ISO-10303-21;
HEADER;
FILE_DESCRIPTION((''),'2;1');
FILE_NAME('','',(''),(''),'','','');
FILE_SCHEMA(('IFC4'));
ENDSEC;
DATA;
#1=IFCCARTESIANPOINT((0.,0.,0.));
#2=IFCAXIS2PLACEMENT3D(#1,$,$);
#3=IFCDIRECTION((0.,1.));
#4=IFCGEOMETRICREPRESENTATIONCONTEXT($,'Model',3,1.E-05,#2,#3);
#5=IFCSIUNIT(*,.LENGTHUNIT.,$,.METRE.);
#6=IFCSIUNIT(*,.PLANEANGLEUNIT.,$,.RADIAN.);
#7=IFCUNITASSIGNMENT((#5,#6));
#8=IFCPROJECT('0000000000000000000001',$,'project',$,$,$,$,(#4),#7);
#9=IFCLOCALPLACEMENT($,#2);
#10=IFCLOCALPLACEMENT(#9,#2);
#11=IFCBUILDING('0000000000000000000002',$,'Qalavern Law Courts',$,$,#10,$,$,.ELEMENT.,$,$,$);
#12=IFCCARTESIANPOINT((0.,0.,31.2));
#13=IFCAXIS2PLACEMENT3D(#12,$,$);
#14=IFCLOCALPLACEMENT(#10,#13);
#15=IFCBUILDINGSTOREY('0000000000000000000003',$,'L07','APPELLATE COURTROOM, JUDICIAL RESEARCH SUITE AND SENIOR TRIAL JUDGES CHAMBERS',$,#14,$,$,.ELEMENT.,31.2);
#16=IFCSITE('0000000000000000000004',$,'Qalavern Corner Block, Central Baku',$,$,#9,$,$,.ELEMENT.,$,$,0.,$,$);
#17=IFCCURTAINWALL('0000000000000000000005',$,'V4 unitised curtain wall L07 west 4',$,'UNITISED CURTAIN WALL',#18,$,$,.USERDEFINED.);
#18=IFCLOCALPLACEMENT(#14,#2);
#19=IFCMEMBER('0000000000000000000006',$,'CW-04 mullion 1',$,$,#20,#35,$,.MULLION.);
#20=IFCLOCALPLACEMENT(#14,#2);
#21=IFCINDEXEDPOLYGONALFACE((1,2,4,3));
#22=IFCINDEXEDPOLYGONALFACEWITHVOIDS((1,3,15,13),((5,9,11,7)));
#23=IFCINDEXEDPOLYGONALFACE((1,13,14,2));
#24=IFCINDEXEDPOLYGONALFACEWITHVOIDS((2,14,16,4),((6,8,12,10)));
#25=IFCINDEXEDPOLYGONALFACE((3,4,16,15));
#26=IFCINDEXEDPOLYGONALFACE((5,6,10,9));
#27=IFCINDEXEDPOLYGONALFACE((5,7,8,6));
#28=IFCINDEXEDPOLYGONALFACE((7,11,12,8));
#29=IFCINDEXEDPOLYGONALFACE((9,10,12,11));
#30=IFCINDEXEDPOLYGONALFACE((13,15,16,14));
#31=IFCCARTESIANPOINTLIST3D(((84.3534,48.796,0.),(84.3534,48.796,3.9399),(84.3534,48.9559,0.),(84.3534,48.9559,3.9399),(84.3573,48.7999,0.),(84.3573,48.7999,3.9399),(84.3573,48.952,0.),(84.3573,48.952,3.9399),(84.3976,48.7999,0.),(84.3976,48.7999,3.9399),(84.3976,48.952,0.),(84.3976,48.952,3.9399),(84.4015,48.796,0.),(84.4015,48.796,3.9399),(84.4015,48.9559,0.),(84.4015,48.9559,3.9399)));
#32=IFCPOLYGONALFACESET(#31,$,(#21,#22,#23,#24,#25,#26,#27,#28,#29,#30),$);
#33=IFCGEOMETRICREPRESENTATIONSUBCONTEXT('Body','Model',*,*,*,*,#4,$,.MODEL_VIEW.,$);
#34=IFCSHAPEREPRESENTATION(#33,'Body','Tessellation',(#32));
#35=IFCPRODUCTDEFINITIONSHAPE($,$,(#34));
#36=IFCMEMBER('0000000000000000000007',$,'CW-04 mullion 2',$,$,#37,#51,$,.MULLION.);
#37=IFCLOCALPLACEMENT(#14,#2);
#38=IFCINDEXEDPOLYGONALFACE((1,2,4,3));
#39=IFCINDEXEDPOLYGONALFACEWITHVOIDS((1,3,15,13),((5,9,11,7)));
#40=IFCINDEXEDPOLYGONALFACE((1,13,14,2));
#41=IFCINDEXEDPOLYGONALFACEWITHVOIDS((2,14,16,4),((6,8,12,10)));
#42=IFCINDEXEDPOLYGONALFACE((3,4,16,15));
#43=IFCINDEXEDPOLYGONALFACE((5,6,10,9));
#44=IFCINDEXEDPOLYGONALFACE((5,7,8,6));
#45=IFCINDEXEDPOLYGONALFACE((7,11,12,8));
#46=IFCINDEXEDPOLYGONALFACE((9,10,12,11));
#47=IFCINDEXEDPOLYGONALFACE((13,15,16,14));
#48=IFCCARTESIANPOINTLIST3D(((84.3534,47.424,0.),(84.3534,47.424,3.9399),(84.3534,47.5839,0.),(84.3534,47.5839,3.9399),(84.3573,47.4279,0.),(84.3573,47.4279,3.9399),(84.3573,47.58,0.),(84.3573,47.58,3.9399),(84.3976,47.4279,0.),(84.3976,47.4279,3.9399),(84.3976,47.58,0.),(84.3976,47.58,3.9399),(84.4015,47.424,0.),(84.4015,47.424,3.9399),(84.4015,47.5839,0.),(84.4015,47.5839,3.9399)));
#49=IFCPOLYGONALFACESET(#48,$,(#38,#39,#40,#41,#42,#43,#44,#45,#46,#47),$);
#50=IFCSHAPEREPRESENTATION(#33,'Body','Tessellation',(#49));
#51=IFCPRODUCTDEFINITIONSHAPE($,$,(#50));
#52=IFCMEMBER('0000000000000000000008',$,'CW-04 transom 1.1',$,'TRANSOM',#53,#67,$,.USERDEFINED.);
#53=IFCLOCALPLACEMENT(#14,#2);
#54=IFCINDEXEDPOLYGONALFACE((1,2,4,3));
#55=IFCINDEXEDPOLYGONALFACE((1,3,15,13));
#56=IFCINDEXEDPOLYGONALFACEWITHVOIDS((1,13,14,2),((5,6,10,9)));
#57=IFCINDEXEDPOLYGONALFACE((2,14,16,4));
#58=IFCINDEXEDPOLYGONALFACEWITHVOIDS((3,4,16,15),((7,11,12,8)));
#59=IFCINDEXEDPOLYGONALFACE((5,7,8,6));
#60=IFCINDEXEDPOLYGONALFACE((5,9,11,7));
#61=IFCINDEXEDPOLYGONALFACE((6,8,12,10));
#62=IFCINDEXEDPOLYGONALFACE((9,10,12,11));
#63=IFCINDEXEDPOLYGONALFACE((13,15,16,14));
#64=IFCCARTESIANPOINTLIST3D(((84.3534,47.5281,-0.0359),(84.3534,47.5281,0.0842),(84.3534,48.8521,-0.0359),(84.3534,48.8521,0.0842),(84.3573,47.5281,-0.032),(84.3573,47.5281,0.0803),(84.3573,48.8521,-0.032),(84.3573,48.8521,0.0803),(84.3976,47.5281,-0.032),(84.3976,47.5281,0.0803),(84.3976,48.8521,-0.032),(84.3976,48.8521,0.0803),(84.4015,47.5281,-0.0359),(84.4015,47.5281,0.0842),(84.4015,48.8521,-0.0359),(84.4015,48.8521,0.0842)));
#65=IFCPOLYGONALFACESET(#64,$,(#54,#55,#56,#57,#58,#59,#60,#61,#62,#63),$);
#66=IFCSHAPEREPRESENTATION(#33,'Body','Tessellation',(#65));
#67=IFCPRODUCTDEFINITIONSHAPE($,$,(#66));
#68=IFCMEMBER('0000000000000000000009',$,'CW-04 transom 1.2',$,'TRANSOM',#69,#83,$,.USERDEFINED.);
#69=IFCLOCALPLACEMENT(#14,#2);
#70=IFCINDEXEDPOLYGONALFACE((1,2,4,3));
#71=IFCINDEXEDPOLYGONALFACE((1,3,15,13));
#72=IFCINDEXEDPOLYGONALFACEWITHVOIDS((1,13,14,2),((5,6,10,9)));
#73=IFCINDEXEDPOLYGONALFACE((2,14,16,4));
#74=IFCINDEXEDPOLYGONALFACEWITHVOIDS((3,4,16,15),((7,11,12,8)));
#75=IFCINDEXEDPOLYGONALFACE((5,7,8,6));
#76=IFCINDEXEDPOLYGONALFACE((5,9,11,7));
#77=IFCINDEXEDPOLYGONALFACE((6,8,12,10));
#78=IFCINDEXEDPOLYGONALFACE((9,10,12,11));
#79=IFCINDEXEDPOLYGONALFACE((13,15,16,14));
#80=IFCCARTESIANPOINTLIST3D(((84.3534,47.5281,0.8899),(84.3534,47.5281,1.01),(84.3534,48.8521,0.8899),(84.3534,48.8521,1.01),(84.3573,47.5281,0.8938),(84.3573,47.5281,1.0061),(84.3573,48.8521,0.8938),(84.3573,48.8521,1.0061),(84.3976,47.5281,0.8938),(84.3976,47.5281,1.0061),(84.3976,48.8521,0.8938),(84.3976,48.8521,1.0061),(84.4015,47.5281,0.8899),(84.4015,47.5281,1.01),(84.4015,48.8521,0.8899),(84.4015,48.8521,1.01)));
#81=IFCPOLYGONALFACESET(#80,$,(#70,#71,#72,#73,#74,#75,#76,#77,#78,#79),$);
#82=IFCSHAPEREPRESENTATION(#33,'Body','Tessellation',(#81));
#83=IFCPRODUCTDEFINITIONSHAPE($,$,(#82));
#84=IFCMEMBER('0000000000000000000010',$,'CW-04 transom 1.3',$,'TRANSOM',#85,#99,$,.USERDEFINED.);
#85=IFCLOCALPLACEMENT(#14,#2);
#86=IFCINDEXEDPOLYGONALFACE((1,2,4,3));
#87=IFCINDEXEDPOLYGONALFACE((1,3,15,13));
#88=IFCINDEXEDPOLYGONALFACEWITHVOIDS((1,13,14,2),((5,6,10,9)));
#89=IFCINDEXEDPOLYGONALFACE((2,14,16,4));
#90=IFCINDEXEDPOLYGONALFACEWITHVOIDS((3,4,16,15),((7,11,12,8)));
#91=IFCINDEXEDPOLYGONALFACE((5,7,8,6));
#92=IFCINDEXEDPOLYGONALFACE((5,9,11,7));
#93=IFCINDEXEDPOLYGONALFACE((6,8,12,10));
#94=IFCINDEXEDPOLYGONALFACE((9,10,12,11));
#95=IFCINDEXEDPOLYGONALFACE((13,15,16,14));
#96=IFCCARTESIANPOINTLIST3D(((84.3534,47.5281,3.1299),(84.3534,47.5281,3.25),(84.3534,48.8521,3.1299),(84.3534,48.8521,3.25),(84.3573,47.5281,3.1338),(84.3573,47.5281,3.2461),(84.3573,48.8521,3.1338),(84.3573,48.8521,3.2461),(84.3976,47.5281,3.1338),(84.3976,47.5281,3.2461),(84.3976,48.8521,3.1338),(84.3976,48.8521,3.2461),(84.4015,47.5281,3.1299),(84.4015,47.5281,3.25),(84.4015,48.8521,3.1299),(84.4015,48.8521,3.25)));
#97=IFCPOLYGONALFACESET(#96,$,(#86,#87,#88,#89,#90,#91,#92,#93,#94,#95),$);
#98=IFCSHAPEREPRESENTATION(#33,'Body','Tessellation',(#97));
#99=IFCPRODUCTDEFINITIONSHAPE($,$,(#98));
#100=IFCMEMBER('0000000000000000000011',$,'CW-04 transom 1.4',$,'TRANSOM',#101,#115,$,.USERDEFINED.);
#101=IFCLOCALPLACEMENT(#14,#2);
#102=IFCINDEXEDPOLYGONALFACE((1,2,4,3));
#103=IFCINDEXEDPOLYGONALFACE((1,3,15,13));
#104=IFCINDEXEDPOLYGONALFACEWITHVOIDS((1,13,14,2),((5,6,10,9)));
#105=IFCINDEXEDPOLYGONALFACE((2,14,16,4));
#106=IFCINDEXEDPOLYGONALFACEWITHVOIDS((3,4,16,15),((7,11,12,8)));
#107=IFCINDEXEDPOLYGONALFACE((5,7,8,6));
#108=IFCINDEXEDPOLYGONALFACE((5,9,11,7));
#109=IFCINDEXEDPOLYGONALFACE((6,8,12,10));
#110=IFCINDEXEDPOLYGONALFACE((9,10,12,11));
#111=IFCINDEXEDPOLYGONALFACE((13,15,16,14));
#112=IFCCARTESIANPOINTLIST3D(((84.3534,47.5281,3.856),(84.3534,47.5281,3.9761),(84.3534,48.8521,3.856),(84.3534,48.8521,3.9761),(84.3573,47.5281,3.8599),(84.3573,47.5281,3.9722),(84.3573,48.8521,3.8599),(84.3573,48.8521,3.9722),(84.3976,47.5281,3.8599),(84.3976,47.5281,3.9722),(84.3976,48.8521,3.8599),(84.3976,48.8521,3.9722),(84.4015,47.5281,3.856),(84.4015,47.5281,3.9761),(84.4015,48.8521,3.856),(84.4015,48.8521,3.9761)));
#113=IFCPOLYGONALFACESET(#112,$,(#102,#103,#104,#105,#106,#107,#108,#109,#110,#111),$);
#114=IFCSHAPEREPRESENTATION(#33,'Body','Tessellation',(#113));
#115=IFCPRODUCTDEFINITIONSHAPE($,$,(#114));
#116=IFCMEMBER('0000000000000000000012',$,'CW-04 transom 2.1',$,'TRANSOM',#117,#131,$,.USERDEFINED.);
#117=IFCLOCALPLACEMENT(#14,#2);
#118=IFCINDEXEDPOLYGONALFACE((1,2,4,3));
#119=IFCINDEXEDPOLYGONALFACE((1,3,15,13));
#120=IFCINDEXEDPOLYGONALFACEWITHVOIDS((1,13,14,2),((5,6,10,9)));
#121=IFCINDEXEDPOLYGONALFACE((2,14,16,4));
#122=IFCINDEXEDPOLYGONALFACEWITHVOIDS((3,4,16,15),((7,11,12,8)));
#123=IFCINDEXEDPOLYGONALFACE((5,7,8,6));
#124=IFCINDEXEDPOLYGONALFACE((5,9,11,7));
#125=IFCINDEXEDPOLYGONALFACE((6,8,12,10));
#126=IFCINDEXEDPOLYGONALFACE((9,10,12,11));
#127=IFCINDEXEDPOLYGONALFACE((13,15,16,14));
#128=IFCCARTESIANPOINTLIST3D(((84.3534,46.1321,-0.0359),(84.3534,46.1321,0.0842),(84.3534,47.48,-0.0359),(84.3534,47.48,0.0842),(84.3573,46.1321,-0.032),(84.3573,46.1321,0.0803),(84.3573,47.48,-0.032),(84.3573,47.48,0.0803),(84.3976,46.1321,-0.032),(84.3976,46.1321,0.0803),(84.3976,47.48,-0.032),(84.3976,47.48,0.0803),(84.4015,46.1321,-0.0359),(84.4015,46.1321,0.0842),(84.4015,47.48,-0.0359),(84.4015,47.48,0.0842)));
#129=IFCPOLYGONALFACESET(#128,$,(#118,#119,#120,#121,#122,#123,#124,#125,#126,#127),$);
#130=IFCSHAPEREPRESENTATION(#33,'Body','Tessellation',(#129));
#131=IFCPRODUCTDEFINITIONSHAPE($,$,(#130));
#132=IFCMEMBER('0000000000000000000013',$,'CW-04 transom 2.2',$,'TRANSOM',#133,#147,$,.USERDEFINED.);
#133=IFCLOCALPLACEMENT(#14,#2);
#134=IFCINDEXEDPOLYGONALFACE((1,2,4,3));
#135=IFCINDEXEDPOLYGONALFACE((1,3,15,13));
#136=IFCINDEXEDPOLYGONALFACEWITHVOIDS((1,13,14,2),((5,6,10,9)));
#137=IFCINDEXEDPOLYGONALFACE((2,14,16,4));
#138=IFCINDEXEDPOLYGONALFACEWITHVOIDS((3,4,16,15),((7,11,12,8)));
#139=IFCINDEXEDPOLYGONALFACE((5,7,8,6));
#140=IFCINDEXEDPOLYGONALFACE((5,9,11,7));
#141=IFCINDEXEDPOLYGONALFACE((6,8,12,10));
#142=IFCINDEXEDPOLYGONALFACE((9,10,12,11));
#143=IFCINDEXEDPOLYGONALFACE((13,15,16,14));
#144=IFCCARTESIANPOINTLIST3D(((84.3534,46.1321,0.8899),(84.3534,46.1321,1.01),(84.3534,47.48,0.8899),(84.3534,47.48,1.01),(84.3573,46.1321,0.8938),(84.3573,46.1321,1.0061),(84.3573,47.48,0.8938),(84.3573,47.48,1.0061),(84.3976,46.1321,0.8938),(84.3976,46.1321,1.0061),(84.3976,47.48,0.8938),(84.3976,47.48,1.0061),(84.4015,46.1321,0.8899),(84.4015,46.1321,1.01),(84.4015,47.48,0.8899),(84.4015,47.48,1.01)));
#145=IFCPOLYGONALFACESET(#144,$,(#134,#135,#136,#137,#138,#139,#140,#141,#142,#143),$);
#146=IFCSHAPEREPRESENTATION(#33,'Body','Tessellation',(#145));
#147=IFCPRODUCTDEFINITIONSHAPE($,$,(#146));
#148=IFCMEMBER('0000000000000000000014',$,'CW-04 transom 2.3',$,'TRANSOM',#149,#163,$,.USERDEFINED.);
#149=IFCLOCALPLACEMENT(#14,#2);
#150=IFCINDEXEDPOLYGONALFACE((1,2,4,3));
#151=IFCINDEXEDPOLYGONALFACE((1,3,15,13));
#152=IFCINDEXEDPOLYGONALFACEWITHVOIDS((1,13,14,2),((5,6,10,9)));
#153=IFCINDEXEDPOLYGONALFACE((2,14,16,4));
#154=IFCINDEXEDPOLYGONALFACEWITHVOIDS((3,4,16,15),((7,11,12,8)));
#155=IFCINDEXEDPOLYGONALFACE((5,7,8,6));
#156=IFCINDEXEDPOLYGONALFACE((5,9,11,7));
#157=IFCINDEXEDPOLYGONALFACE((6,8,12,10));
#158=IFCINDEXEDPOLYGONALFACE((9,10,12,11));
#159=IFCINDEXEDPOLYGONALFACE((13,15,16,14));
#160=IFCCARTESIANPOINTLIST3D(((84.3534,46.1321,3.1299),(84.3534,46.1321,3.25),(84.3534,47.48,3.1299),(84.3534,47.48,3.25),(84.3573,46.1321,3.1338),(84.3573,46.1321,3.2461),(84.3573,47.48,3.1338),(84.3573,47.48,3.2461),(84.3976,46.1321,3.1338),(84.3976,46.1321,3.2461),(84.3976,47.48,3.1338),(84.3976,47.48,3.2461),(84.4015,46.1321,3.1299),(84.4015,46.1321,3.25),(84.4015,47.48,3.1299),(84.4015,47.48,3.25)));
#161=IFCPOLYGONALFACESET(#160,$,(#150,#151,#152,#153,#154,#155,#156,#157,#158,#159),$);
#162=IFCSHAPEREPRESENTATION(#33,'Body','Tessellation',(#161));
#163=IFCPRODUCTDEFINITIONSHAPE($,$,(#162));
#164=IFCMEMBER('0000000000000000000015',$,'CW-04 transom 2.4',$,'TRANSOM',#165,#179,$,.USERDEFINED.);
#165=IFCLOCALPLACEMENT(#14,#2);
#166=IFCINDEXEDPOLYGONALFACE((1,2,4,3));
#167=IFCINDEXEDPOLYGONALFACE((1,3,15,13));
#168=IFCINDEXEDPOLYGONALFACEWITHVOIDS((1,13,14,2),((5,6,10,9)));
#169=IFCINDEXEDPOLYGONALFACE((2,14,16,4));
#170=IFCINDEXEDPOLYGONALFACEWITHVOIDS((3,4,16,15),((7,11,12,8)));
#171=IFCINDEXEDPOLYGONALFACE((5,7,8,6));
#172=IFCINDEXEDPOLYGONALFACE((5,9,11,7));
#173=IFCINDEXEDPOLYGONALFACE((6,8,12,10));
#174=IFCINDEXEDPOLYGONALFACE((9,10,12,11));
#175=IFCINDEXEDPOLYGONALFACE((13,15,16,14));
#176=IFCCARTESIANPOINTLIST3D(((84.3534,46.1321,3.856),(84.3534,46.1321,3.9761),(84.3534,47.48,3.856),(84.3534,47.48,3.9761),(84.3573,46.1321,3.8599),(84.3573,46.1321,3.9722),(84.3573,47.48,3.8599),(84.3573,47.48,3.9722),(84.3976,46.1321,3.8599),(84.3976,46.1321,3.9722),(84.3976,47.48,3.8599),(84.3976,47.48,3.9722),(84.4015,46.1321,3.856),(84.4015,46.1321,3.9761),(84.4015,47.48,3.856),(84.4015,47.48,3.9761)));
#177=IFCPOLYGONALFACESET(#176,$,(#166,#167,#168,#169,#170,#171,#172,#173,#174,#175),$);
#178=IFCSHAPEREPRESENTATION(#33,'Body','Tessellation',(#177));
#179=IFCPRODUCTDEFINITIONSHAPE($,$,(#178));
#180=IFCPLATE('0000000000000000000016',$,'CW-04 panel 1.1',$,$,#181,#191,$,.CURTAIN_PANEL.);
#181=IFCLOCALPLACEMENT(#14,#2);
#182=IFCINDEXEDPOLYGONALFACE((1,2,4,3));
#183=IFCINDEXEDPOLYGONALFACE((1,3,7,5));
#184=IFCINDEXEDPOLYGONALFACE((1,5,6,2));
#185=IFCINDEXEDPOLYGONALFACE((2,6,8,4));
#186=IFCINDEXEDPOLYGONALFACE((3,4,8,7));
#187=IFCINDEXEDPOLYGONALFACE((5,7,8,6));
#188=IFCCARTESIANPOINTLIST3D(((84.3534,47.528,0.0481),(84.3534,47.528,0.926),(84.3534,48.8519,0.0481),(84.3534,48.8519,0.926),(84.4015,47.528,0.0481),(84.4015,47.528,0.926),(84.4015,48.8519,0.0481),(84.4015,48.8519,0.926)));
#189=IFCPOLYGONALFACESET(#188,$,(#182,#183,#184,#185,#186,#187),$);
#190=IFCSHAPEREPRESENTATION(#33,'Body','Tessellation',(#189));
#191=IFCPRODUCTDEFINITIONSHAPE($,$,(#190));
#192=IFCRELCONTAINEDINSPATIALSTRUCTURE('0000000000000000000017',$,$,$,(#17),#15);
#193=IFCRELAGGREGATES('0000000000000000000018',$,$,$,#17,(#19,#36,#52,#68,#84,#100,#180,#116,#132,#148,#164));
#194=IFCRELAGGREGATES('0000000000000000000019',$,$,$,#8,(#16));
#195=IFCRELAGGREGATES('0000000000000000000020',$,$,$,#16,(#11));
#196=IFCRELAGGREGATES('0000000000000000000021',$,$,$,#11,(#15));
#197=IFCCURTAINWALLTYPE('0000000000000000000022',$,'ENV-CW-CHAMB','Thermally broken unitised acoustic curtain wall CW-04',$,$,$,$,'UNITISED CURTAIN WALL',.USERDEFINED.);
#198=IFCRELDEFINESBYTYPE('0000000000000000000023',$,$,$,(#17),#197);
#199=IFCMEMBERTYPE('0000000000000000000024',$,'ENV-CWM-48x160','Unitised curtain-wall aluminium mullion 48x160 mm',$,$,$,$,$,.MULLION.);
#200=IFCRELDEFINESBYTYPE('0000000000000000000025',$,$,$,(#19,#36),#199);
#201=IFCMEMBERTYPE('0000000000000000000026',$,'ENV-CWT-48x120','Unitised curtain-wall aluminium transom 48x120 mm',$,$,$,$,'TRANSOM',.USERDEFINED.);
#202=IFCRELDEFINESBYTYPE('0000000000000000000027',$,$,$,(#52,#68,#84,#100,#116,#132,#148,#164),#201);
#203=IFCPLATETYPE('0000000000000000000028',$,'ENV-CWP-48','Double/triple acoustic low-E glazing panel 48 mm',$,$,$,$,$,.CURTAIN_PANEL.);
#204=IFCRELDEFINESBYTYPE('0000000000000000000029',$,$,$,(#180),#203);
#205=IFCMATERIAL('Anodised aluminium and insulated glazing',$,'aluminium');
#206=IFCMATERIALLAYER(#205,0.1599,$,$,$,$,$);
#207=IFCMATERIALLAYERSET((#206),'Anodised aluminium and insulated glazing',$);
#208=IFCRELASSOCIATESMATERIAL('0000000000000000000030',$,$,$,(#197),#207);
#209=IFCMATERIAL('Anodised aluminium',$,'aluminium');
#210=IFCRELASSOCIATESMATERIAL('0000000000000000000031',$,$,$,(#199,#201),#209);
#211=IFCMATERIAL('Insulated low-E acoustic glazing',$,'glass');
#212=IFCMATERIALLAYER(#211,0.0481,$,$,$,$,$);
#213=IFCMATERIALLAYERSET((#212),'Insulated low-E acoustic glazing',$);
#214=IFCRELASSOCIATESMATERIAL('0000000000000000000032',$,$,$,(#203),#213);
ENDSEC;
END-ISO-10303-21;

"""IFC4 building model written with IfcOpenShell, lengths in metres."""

from ifc_helpers import new_model, si_unit, direction, frame, origin, origin_2d, place, context, subcontext, project, spatial, rectangle, hollow_rectangle, extrude, material, layer, layer_set, material_profile, profile_set, type_object, element, aggregate, save


model = new_model("IFC4")

# Units and contexts
model_context = context("Model", 3, precision=1e-05, world=origin(), true_north=direction((0.0, 1.0)))
body_context = subcontext(model_context, "Body", "Model", "MODEL_VIEW")
ifc_project = project(units=[si_unit("LENGTHUNIT", "METRE"), si_unit("PLANEANGLEUNIT", "RADIAN")], contexts=[model_context])

# Site, building, storey
site_placement = place(None, origin())
site = spatial("IfcSite", under=ifc_project, at=site_placement, Name="Qalavern Corner Block, Central Baku", CompositionType="ELEMENT", RefElevation=0.0)
building_placement = place(site_placement, origin())
building = spatial("IfcBuilding", under=site, at=building_placement, Name="Qalavern Law Courts", CompositionType="ELEMENT")
storey_placement = place(building_placement, frame((0.0, 0.0, 31.2)))
storey = spatial("IfcBuildingStorey", under=building, at=storey_placement, Name="L07", Description="APPELLATE COURTROOM, JUDICIAL RESEARCH SUITE AND SENIOR TRIAL JUDGES CHAMBERS", CompositionType="ELEMENT", Elevation=31.2)

# Curtain wall, members, plate
ifc_material_1 = material(Name="Anodised aluminium and insulated glazing", Category="aluminium")
ifc_layer_1 = layer(ifc_material_1, 0.1599)
ifc_layer_set_1 = layer_set([ifc_layer_1], Name="Anodised aluminium and insulated glazing")
curtain_wall_type = type_object("IfcCurtainWallType", Name="ENV-CW-CHAMB", Description="Thermally broken unitised acoustic curtain wall CW-04", ElementType="UNITISED CURTAIN WALL", PredefinedType="USERDEFINED", material=ifc_layer_set_1)
curtain_wall_placement = place(storey_placement, origin())
curtain_wall = element("IfcCurtainWall", 1, at=curtain_wall_placement, inside=storey, type_object=curtain_wall_type, Name="V4 unitised curtain wall L07 west 4", ObjectType="UNITISED CURTAIN WALL", PredefinedType="USERDEFINED")
ifc_material_2 = material(Name="Anodised aluminium", Category="aluminium")
ifc_material_profile_1 = material_profile(ifc_material_2, hollow_rectangle(XDim=0.0481, YDim=0.1599, WallThickness=0.0039, at=origin_2d()), Name="ALU MULLION 48x160")
ifc_profile_set_1 = profile_set([ifc_material_profile_1], Name="Anodised aluminium")
member_type_1 = type_object("IfcMemberType", Name="ENV-CWM-48x160", Description="Unitised curtain-wall aluminium mullion 48x160 mm", PredefinedType="MULLION", material=ifc_profile_set_1)
member_1_placement = place(storey_placement, frame((84.3774, 48.876, 0.0), z_axis=(0.0, 0.0, 1.0), x_axis=(1.0, 0.0, 0.0)))
member_1 = element("IfcMember", 2, at=member_1_placement, type_object=member_type_1, Name="CW-04 mullion 1", PredefinedType="MULLION", context=body_context, shape_type="SweptSolid", body=[
    extrude(hollow_rectangle(XDim=0.0481, YDim=0.1599, WallThickness=0.0039, at=origin_2d()), origin(), (0.0, 0.0, 1.0), 3.9399),
])
member_2_placement = place(storey_placement, frame((84.3774, 47.5039, 0.0), z_axis=(0.0, 0.0, 1.0), x_axis=(1.0, 0.0, 0.0)))
member_2 = element("IfcMember", 3, at=member_2_placement, type_object=member_type_1, Name="CW-04 mullion 2", PredefinedType="MULLION", context=body_context, shape_type="SweptSolid", body=[
    extrude(hollow_rectangle(XDim=0.0481, YDim=0.1599, WallThickness=0.0039, at=origin_2d()), origin(), (0.0, 0.0, 1.0), 3.9399),
])
ifc_material_profile_2 = material_profile(ifc_material_2, hollow_rectangle(XDim=0.0481, YDim=0.1201, WallThickness=0.0039, at=origin_2d()), Name="ALU TRANSOM 48x120")
ifc_profile_set_2 = profile_set([ifc_material_profile_2], Name="Anodised aluminium")
member_type_2 = type_object("IfcMemberType", Name="ENV-CWT-48x120", Description="Unitised curtain-wall aluminium transom 48x120 mm", ElementType="TRANSOM", PredefinedType="USERDEFINED", material=ifc_profile_set_2)
member_3_placement = place(storey_placement, frame((84.3774, 48.8521, 0.0242), z_axis=(0.0, -1.0, 0.0), x_axis=(1.0, 0.0, 0.0)))
member_3 = element("IfcMember", 4, at=member_3_placement, type_object=member_type_2, Name="CW-04 transom 1.1", ObjectType="TRANSOM", PredefinedType="USERDEFINED", context=body_context, shape_type="SweptSolid", body=[
    extrude(hollow_rectangle(XDim=0.0481, YDim=0.1201, WallThickness=0.0039, at=origin_2d()), origin(), (0.0, 0.0, 1.0), 1.324),
])
member_4_placement = place(storey_placement, frame((84.3774, 48.8521, 0.95), z_axis=(0.0, -1.0, 0.0), x_axis=(1.0, 0.0, 0.0)))
member_4 = element("IfcMember", 5, at=member_4_placement, type_object=member_type_2, Name="CW-04 transom 1.2", ObjectType="TRANSOM", PredefinedType="USERDEFINED", context=body_context, shape_type="SweptSolid", body=[
    extrude(hollow_rectangle(XDim=0.0481, YDim=0.1201, WallThickness=0.0039, at=origin_2d()), origin(), (0.0, 0.0, 1.0), 1.324),
])
member_5_placement = place(storey_placement, frame((84.3774, 48.8521, 3.1899), z_axis=(0.0, -1.0, 0.0), x_axis=(1.0, 0.0, 0.0)))
member_5 = element("IfcMember", 6, at=member_5_placement, type_object=member_type_2, Name="CW-04 transom 1.3", ObjectType="TRANSOM", PredefinedType="USERDEFINED", context=body_context, shape_type="SweptSolid", body=[
    extrude(hollow_rectangle(XDim=0.0481, YDim=0.1201, WallThickness=0.0039, at=origin_2d()), origin(), (0.0, 0.0, 1.0), 1.324),
])
member_6_placement = place(storey_placement, frame((84.3774, 48.8521, 3.916), z_axis=(0.0, -1.0, 0.0), x_axis=(1.0, 0.0, 0.0)))
member_6 = element("IfcMember", 7, at=member_6_placement, type_object=member_type_2, Name="CW-04 transom 1.4", ObjectType="TRANSOM", PredefinedType="USERDEFINED", context=body_context, shape_type="SweptSolid", body=[
    extrude(hollow_rectangle(XDim=0.0481, YDim=0.1201, WallThickness=0.0039, at=origin_2d()), origin(), (0.0, 0.0, 1.0), 1.324),
])
member_7_placement = place(storey_placement, frame((84.3774, 47.48, 0.0242), z_axis=(0.0, -1.0, 0.0), x_axis=(1.0, 0.0, 0.0)))
member_7 = element("IfcMember", 8, at=member_7_placement, type_object=member_type_2, Name="CW-04 transom 2.1", ObjectType="TRANSOM", PredefinedType="USERDEFINED", context=body_context, shape_type="SweptSolid", body=[
    extrude(hollow_rectangle(XDim=0.0481, YDim=0.1201, WallThickness=0.0039, at=origin_2d()), origin(), (0.0, 0.0, 1.0), 1.3479),
])
member_8_placement = place(storey_placement, frame((84.3774, 47.48, 0.95), z_axis=(0.0, -1.0, 0.0), x_axis=(1.0, 0.0, 0.0)))
member_8 = element("IfcMember", 9, at=member_8_placement, type_object=member_type_2, Name="CW-04 transom 2.2", ObjectType="TRANSOM", PredefinedType="USERDEFINED", context=body_context, shape_type="SweptSolid", body=[
    extrude(hollow_rectangle(XDim=0.0481, YDim=0.1201, WallThickness=0.0039, at=origin_2d()), origin(), (0.0, 0.0, 1.0), 1.3479),
])
member_9_placement = place(storey_placement, frame((84.3774, 47.48, 3.1899), z_axis=(0.0, -1.0, 0.0), x_axis=(1.0, 0.0, 0.0)))
member_9 = element("IfcMember", 10, at=member_9_placement, type_object=member_type_2, Name="CW-04 transom 2.3", ObjectType="TRANSOM", PredefinedType="USERDEFINED", context=body_context, shape_type="SweptSolid", body=[
    extrude(hollow_rectangle(XDim=0.0481, YDim=0.1201, WallThickness=0.0039, at=origin_2d()), origin(), (0.0, 0.0, 1.0), 1.3479),
])
member_10_placement = place(storey_placement, frame((84.3774, 47.48, 3.916), z_axis=(0.0, -1.0, 0.0), x_axis=(1.0, 0.0, 0.0)))
member_10 = element("IfcMember", 11, at=member_10_placement, type_object=member_type_2, Name="CW-04 transom 2.4", ObjectType="TRANSOM", PredefinedType="USERDEFINED", context=body_context, shape_type="SweptSolid", body=[
    extrude(hollow_rectangle(XDim=0.0481, YDim=0.1201, WallThickness=0.0039, at=origin_2d()), origin(), (0.0, 0.0, 1.0), 1.3479),
])
ifc_material_3 = material(Name="Insulated low-E acoustic glazing", Category="glass")
ifc_layer_2 = layer(ifc_material_3, 0.0481)
ifc_layer_set_2 = layer_set([ifc_layer_2], Name="Insulated low-E acoustic glazing")
plate_type = type_object("IfcPlateType", Name="ENV-CWP-48", Description="Double/triple acoustic low-E glazing panel 48 mm", PredefinedType="CURTAIN_PANEL", material=ifc_layer_set_2)
plate_1_placement = place(storey_placement, frame((84.3774, 48.1899, 0.0481), z_axis=(0.0, 0.0, 1.0), x_axis=(0.0, -1.0, 0.0)))
plate_1 = element("IfcPlate", 12, at=plate_1_placement, type_object=plate_type, Name="CW-04 panel 1.1", PredefinedType="CURTAIN_PANEL", context=body_context, shape_type="SweptSolid", body=[
    extrude(rectangle(XDim=1.324, YDim=0.0481, at=origin_2d()), origin(), (0.0, 0.0, 1.0), 0.8779),
])
aggregate(curtain_wall, [member_1, member_2, member_3, member_4, member_5, member_6, plate_1, member_7, member_8, member_9, member_10])

save(model, "model.ifc")
